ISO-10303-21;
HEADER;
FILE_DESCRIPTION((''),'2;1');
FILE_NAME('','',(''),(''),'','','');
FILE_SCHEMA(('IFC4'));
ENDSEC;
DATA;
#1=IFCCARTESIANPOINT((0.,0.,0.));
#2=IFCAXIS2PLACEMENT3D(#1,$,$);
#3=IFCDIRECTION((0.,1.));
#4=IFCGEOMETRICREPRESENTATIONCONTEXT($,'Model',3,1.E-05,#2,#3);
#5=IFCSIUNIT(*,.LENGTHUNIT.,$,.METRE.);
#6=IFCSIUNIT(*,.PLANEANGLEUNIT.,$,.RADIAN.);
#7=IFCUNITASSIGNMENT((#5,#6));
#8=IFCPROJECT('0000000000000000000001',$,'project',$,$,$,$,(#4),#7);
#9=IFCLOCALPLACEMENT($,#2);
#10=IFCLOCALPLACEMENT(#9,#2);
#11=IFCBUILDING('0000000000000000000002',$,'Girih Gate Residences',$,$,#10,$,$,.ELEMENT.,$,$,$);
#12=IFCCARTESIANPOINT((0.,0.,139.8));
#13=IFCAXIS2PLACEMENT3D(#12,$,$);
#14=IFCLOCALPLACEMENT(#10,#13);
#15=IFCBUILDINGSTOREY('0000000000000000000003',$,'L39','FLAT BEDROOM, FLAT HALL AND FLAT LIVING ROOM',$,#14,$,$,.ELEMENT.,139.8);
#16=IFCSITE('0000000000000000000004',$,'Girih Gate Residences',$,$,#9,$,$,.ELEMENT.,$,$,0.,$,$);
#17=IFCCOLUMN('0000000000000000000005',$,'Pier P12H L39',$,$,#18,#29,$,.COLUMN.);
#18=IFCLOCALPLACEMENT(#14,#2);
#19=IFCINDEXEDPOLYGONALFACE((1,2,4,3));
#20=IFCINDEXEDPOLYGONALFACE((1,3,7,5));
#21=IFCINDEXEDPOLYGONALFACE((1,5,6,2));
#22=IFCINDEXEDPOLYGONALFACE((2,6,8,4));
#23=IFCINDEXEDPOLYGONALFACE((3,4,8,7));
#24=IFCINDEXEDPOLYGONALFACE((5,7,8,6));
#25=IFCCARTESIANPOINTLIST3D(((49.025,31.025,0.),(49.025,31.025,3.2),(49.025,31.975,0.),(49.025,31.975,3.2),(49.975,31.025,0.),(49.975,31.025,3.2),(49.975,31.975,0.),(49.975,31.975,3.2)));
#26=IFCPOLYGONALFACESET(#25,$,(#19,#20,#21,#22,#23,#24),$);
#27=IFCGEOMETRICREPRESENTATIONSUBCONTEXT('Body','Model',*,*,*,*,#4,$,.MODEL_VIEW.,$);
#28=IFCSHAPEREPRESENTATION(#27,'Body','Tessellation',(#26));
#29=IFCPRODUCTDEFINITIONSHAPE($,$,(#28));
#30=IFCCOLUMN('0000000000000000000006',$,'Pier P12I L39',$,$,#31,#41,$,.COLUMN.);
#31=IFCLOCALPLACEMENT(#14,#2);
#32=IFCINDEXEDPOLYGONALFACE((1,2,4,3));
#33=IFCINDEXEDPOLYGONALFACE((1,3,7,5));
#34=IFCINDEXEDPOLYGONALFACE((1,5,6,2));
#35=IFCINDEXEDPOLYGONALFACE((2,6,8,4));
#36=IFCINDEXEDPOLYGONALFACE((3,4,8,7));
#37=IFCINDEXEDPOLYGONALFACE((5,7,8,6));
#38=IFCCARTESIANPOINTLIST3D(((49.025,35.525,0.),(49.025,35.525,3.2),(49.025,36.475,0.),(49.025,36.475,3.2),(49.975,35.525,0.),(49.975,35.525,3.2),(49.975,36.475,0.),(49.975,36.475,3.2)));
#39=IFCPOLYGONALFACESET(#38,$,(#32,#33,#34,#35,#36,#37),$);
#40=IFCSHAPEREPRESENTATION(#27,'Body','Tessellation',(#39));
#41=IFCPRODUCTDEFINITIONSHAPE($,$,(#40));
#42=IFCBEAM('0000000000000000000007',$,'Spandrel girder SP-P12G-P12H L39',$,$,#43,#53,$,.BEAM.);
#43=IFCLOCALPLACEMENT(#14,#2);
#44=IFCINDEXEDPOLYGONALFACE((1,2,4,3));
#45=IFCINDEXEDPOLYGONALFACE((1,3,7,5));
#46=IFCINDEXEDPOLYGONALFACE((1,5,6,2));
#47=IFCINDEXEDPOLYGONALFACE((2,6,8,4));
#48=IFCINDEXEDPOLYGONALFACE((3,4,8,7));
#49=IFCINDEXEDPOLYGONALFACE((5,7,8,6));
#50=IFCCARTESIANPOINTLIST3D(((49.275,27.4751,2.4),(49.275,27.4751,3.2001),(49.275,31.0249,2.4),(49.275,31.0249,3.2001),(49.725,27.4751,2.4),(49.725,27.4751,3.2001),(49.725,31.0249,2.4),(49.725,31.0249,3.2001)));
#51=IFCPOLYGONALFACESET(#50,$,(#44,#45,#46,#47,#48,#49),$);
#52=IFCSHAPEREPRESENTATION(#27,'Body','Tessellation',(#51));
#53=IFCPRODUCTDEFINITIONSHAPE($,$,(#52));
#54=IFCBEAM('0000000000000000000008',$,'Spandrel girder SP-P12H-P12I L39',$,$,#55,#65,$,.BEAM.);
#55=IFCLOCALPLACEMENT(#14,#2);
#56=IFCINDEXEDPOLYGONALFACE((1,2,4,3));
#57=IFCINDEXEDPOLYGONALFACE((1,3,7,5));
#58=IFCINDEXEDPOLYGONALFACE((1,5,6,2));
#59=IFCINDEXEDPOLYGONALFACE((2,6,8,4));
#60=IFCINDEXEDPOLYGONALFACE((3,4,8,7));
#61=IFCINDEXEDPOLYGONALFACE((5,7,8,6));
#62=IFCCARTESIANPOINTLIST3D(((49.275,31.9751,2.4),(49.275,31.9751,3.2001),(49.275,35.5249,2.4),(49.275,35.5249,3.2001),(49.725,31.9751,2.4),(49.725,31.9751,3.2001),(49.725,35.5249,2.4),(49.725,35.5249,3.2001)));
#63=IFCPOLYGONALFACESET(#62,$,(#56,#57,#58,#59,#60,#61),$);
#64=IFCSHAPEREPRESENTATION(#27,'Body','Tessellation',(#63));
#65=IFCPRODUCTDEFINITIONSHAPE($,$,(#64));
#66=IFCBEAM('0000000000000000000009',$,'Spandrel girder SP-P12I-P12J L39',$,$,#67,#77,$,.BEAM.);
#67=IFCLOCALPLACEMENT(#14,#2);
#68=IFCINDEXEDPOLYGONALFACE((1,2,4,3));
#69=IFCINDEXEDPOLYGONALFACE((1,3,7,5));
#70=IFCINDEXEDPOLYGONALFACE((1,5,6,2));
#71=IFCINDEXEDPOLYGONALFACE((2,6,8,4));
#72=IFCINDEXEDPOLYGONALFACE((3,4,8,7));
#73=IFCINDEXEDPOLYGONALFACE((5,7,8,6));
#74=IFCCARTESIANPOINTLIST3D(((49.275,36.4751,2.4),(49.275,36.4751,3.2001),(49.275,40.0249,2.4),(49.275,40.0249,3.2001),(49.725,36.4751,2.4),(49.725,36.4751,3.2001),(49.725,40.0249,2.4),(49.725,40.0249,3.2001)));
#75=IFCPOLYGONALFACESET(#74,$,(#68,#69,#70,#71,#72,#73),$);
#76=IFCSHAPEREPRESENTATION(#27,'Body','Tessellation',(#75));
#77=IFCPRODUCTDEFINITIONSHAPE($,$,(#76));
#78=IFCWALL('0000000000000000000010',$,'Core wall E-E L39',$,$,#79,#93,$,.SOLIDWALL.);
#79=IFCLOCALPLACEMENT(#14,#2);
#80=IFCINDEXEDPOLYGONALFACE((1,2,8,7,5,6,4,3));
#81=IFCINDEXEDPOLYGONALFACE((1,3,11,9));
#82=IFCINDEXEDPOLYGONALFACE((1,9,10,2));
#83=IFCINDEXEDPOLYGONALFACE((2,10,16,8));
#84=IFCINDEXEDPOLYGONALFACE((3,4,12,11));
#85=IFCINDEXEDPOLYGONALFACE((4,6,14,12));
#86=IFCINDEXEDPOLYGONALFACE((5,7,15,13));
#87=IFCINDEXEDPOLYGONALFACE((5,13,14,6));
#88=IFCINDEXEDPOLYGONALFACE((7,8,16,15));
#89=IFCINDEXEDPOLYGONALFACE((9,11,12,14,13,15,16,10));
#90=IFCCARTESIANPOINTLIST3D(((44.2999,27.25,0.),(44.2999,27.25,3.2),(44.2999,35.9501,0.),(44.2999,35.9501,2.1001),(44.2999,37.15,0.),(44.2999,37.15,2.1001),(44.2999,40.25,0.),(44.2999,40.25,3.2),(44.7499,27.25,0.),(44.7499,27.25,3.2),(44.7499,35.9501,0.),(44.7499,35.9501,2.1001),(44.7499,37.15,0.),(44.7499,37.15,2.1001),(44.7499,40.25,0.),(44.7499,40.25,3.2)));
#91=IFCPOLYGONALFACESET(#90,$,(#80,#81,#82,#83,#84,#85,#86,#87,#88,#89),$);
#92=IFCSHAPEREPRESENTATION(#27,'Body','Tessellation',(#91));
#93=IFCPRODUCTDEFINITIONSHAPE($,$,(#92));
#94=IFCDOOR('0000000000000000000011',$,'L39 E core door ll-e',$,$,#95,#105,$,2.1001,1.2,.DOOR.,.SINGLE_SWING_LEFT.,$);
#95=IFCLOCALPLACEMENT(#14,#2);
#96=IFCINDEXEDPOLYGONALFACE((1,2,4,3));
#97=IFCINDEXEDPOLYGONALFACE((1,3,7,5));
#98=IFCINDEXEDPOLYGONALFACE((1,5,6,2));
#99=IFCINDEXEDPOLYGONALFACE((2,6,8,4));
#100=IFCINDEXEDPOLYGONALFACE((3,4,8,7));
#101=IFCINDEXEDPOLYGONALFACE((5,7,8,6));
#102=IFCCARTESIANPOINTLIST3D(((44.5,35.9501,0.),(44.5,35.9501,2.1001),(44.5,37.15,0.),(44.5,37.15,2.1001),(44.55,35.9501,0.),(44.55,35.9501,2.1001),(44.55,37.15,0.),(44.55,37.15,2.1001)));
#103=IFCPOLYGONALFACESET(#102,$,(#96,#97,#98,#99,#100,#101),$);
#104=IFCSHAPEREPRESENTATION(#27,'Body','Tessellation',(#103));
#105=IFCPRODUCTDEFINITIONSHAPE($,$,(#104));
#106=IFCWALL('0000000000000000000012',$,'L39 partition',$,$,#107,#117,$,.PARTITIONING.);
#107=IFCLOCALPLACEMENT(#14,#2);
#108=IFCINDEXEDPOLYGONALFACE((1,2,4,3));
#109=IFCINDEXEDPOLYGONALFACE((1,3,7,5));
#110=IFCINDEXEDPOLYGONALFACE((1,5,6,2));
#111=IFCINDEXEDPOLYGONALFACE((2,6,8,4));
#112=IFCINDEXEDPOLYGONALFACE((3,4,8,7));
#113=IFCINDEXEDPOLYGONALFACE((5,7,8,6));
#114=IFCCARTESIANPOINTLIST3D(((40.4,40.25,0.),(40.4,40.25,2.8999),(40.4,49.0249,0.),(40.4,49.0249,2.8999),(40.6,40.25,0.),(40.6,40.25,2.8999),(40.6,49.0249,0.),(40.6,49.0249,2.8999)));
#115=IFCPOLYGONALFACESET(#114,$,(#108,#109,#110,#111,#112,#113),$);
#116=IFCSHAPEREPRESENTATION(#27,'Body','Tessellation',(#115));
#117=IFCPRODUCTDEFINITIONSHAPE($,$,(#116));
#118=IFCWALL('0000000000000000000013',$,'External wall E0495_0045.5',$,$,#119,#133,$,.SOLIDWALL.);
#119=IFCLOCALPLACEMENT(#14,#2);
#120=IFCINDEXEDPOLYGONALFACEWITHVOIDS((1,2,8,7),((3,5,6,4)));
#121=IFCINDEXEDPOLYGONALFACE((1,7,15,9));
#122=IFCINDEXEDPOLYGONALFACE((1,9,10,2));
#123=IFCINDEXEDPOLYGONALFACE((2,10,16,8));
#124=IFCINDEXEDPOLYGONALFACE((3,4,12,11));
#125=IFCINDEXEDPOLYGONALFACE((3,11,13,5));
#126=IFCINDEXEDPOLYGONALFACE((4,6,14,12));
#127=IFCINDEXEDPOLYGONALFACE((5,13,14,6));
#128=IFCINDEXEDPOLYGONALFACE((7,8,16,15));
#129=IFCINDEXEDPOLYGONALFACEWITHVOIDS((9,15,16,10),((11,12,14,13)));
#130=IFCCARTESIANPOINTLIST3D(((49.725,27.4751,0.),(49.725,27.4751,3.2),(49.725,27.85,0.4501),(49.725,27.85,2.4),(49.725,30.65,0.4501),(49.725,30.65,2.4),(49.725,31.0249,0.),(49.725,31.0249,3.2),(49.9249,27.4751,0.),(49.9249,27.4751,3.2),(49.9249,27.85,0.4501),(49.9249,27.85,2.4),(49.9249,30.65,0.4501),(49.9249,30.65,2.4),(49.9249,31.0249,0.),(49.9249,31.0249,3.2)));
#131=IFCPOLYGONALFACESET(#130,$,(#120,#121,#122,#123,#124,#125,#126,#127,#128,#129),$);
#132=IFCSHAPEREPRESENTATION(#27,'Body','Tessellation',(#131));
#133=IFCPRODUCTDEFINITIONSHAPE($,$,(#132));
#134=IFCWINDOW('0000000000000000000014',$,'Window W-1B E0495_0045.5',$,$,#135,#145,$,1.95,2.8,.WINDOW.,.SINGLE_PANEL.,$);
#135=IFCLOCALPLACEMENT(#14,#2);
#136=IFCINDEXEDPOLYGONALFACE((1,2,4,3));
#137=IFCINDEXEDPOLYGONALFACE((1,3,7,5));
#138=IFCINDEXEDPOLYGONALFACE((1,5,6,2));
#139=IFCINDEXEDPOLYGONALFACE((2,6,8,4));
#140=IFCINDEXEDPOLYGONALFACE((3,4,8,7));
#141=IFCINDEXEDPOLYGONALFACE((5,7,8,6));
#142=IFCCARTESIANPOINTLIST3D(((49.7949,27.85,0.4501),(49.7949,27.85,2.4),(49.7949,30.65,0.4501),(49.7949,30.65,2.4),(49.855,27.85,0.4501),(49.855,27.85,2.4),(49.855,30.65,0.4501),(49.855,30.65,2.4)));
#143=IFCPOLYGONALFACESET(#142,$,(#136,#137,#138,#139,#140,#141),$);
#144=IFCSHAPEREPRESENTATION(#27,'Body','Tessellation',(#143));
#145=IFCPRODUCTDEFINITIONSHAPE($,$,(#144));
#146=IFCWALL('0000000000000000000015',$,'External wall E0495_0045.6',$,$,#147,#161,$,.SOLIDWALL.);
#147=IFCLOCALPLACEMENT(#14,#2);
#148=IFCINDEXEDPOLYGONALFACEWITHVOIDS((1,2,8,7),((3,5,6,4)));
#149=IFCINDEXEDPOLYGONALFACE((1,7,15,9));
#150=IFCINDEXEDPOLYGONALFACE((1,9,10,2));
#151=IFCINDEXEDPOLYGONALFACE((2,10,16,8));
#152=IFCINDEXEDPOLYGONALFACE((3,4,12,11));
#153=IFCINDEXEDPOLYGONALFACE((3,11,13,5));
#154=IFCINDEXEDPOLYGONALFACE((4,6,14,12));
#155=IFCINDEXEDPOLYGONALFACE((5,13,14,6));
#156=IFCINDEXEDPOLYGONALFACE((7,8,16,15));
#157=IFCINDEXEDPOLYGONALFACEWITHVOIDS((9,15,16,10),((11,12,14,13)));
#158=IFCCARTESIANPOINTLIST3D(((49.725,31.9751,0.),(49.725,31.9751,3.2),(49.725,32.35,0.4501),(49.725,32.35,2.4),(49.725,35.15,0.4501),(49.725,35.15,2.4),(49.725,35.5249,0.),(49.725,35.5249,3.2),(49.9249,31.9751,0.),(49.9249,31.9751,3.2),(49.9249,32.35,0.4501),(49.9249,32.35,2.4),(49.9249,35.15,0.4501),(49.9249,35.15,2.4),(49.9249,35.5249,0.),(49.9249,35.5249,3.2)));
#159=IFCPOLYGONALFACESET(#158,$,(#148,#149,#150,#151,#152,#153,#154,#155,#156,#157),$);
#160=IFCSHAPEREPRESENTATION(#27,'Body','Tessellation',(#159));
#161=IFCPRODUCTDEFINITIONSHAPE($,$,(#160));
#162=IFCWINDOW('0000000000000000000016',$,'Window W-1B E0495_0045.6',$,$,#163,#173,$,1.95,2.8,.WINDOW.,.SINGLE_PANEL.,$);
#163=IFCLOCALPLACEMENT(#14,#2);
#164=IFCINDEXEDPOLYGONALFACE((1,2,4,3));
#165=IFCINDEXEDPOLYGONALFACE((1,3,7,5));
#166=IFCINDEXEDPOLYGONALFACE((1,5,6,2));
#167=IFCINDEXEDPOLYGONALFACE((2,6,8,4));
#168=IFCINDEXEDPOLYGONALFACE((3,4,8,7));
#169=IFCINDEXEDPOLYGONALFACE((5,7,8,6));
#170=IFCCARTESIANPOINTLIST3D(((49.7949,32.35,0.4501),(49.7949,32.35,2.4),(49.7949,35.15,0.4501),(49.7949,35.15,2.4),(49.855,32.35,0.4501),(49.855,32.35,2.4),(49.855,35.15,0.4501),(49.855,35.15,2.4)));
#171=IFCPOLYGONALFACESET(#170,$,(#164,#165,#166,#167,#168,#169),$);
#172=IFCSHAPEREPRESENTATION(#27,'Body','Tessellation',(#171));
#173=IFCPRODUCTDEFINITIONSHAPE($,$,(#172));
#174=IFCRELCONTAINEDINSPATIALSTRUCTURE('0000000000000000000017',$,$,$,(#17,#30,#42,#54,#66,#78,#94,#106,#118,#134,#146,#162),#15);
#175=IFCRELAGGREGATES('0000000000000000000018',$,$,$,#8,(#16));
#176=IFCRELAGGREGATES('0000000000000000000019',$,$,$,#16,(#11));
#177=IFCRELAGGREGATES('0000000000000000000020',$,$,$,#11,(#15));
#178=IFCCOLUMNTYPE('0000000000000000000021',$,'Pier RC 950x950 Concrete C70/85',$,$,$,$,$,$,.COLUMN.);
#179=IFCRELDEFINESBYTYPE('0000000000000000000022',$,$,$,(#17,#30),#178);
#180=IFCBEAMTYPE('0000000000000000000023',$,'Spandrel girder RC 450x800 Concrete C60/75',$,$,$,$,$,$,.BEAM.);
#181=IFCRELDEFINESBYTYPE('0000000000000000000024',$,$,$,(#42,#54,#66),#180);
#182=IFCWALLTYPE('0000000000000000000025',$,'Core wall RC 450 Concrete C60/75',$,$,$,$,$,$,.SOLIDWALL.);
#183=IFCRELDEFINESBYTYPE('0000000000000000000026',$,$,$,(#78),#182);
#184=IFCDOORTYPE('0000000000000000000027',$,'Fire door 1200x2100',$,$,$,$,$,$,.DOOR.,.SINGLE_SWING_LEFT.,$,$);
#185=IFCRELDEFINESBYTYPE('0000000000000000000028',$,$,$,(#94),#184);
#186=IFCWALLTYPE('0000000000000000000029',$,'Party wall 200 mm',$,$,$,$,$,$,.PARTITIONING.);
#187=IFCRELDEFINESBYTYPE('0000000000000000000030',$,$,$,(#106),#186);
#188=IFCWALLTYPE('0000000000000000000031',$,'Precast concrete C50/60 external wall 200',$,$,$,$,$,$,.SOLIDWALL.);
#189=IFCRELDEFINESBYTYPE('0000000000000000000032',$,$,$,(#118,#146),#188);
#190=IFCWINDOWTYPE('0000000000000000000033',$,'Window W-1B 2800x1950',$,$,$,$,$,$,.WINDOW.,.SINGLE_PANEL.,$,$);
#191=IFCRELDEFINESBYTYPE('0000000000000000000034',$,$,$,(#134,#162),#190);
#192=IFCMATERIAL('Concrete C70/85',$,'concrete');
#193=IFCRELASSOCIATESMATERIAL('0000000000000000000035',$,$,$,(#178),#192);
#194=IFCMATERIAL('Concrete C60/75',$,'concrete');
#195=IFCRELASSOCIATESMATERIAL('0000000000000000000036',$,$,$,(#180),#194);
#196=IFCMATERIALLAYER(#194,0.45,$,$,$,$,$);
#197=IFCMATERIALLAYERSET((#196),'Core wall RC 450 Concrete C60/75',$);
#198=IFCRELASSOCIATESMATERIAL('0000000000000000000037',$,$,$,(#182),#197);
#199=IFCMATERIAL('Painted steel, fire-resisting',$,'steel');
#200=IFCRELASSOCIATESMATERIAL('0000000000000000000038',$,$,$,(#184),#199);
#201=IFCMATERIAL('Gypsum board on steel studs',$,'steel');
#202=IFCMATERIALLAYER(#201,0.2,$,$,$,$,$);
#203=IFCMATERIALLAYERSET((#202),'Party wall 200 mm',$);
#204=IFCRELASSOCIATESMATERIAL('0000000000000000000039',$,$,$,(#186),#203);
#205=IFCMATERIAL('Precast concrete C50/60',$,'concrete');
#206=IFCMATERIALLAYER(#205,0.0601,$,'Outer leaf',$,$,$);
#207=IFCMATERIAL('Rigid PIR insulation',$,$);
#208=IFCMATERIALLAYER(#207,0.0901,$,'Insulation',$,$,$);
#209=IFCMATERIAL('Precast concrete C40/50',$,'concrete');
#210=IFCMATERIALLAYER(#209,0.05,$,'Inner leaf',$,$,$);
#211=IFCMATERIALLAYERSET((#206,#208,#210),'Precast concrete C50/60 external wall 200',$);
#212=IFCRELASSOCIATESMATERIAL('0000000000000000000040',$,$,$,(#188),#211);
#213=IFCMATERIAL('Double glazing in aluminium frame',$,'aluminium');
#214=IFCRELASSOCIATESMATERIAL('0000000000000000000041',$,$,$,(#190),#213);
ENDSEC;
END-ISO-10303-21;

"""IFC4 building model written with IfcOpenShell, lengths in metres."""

from ifc_helpers import new_model, si_unit, direction, frame, frame_2d, origin, origin_2d, place, context, subcontext, project, spatial, rectangle, extrude, material, layer, layer_set, material_profile, profile_set, type_object, element, fill, save


model = new_model("IFC4")

# Units and contexts
model_context = context("Model", 3, precision=1e-05, world=origin(), true_north=direction((0.0, 1.0)))
body_context = subcontext(model_context, "Body", "Model", "MODEL_VIEW")
ifc_project = project(units=[si_unit("LENGTHUNIT", "METRE"), si_unit("PLANEANGLEUNIT", "RADIAN")], contexts=[model_context])

# Site, building, storey
site_placement = place(None, origin())
site = spatial("IfcSite", under=ifc_project, at=site_placement, Name="Girih Gate Residences", CompositionType="ELEMENT", RefElevation=0.0)
building_placement = place(site_placement, origin())
building = spatial("IfcBuilding", under=site, at=building_placement, Name="Girih Gate Residences", CompositionType="ELEMENT")
storey_placement = place(building_placement, frame((0.0, 0.0, 139.8)))
storey = spatial("IfcBuildingStorey", under=building, at=storey_placement, Name="L39", Description="FLAT BEDROOM, FLAT HALL AND FLAT LIVING ROOM", CompositionType="ELEMENT", Elevation=139.8)

# Columns
ifc_material_1 = material(Name="Concrete C70/85", Category="concrete")
ifc_material_profile_1 = material_profile(ifc_material_1, rectangle(XDim=0.95, YDim=0.95, at=origin_2d()))
ifc_profile_set_1 = profile_set([ifc_material_profile_1], Name="Concrete C70/85")
column_type = type_object("IfcColumnType", Name="Pier RC 950x950 Concrete C70/85", PredefinedType="COLUMN", material=ifc_profile_set_1)
for number, where, z_axis, x_axis, name in (
    (1, (49.5, 31.5, 0.0), (0.0, 0.0, 1.0), (1.0, 0.0, 0.0), "Pier P12H L39"),
    (2, (49.5, 36.0, 0.0), (0.0, 0.0, 1.0), (1.0, 0.0, 0.0), "Pier P12I L39"),
):
    element("IfcColumn", number, at=place(storey_placement, frame(where, z_axis=z_axis, x_axis=x_axis)), inside=storey, type_object=column_type, Name=name, PredefinedType="COLUMN", context=body_context, shape_type="SweptSolid", body=[
        extrude(rectangle(XDim=0.95, YDim=0.95, at=origin_2d()), origin(), (0.0, 0.0, 1.0), 3.2),
    ])

# Beams
ifc_material_2 = material(Name="Concrete C60/75", Category="concrete")
ifc_material_profile_2 = material_profile(ifc_material_2, rectangle(XDim=0.45, YDim=0.8, at=origin_2d()))
ifc_profile_set_2 = profile_set([ifc_material_profile_2], Name="Concrete C60/75")
beam_type = type_object("IfcBeamType", Name="Spandrel girder RC 450x800 Concrete C60/75", PredefinedType="BEAM", material=ifc_profile_set_2)
for number, where, z_axis, x_axis, name in (
    (3, (49.5, 27.4751, 2.8), (0.0, 1.0, 0.0), (-1.0, 0.0, 0.0), "Spandrel girder SP-P12G-P12H L39"),
    (4, (49.5, 31.9751, 2.8), (0.0, 1.0, 0.0), (-1.0, 0.0, 0.0), "Spandrel girder SP-P12H-P12I L39"),
    (5, (49.5, 36.4751, 2.8), (0.0, 1.0, 0.0), (-1.0, 0.0, 0.0), "Spandrel girder SP-P12I-P12J L39"),
):
    element("IfcBeam", number, at=place(storey_placement, frame(where, z_axis=z_axis, x_axis=x_axis)), inside=storey, type_object=beam_type, Name=name, PredefinedType="BEAM", context=body_context, shape_type="SweptSolid", body=[
        extrude(rectangle(XDim=0.45, YDim=0.8, at=origin_2d()), origin(), (0.0, 0.0, 1.0), 3.5498),
    ])

# Wall, opening, door
ifc_layer_1 = layer(ifc_material_2, 0.45)
ifc_layer_set_1 = layer_set([ifc_layer_1], Name="Core wall RC 450 Concrete C60/75")
wall_type_1 = type_object("IfcWallType", Name="Core wall RC 450 Concrete C60/75", PredefinedType="SOLIDWALL", material=ifc_layer_set_1)
wall_1_placement = place(storey_placement, frame((44.5249, 27.25, 0.0), z_axis=(0.0, 0.0, 1.0), x_axis=(0.0, 1.0, 0.0)))
wall_1 = element("IfcWall", 6, at=wall_1_placement, inside=storey, type_object=wall_type_1, Name="Core wall E-E L39", PredefinedType="SOLIDWALL", context=body_context, shape_type="SweptSolid", body=[
    extrude(rectangle(XDim=13.0, YDim=0.45, at=frame_2d((6.5, 0.0))), origin(), (0.0, 0.0, 1.0), 3.2),
])
opening_1_placement = place(wall_1_placement, frame((8.7, 0.0, 0.0)))
opening_1 = element("IfcOpeningElement", 7, at=opening_1_placement, cuts=wall_1, PredefinedType="OPENING", context=body_context, shape_type="SweptSolid", body=[
    extrude(rectangle(XDim=1.2, YDim=2.1001, at=frame_2d((0.6001, 1.05))), frame((0.0, 0.2349, 0.0), z_axis=(0.0, -1.0, 0.0), x_axis=(1.0, 0.0, 0.0)), (0.0, 0.0, 1.0), 0.47),
])
ifc_material_3 = material(Name="Painted steel, fire-resisting", Category="steel")
door_type_1 = type_object("IfcDoorType", Name="Fire door 1200x2100", OperationType="SINGLE_SWING_LEFT", PredefinedType="DOOR", material=ifc_material_3)
door_1_placement = place(opening_1_placement, origin())
door_1 = element("IfcDoor", 8, at=door_1_placement, inside=storey, type_object=door_type_1, Name="L39 E core door ll-e", OperationType="SINGLE_SWING_LEFT", OverallHeight=2.1001, OverallWidth=1.2, PredefinedType="DOOR", context=body_context, shape_type="SweptSolid", body=[
    extrude(rectangle(XDim=1.2, YDim=2.1001, at=frame_2d((0.6001, 1.05))), frame((0.0, 0.0249, 0.0), z_axis=(0.0, -1.0, 0.0), x_axis=(1.0, 0.0, 0.0)), (0.0, 0.0, 1.0), 0.05),
])
fill(opening_1, door_1)

# Wall
ifc_material_4 = material(Name="Gypsum board on steel studs", Category="steel")
ifc_layer_2 = layer(ifc_material_4, 0.2)
ifc_layer_set_2 = layer_set([ifc_layer_2], Name="Party wall 200 mm")
wall_type_2 = type_object("IfcWallType", Name="Party wall 200 mm", PredefinedType="PARTITIONING", material=ifc_layer_set_2)
wall_2_placement = place(storey_placement, frame((40.5, 40.25, 0.0), z_axis=(0.0, 0.0, 1.0), x_axis=(0.0, 1.0, 0.0)))
element("IfcWall", 9, at=wall_2_placement, inside=storey, type_object=wall_type_2, Name="L39 partition", PredefinedType="PARTITIONING", context=body_context, shape_type="SweptSolid", body=[
    extrude(rectangle(XDim=8.7749, YDim=0.2, at=frame_2d((4.3875, 0.0))), origin(), (0.0, 0.0, 1.0), 2.8999),
])

# Walls, openings, windows
ifc_material_5 = material(Name="Precast concrete C50/60", Category="concrete")
ifc_layer_3 = layer(ifc_material_5, 0.0601, Name="Outer leaf")
ifc_material_6 = material(Name="Rigid PIR insulation")
ifc_layer_4 = layer(ifc_material_6, 0.0901, Name="Insulation")
ifc_material_7 = material(Name="Precast concrete C40/50", Category="concrete")
ifc_layer_5 = layer(ifc_material_7, 0.05, Name="Inner leaf")
ifc_layer_set_3 = layer_set([ifc_layer_3, ifc_layer_4, ifc_layer_5], Name="Precast concrete C50/60 external wall 200")
wall_type_3 = type_object("IfcWallType", Name="Precast concrete C50/60 external wall 200", PredefinedType="SOLIDWALL", material=ifc_layer_set_3)
wall_3_placement = place(storey_placement, frame((49.825, 31.0249, 0.0), z_axis=(0.0, 0.0, 1.0), x_axis=(0.0, -1.0, 0.0)))
wall_3 = element("IfcWall", 10, at=wall_3_placement, inside=storey, type_object=wall_type_3, Name="External wall E0495_0045.5", PredefinedType="SOLIDWALL", context=body_context, shape_type="SweptSolid", body=[
    extrude(rectangle(XDim=3.5498, YDim=0.2, at=frame_2d((1.7749, 0.0))), origin(), (0.0, 0.0, 1.0), 3.2),
])
opening_2_placement = place(wall_3_placement, frame((0.375, 0.0, 0.45)))
opening_2 = element("IfcOpeningElement", 11, at=opening_2_placement, cuts=wall_3, PredefinedType="OPENING", context=body_context, shape_type="SweptSolid", body=[
    extrude(rectangle(XDim=2.8, YDim=1.95, at=frame_2d((1.3999, 0.9751))), frame((0.0, 0.1099, 0.0), z_axis=(0.0, -1.0, 0.0), x_axis=(1.0, 0.0, 0.0)), (0.0, 0.0, 1.0), 0.22),
])
ifc_material_8 = material(Name="Double glazing in aluminium frame", Category="aluminium")
window_type = type_object("IfcWindowType", Name="Window W-1B 2800x1950", PartitioningType="SINGLE_PANEL", PredefinedType="WINDOW", material=ifc_material_8)
window_1_placement = place(opening_2_placement, origin())
window_1 = element("IfcWindow", 12, at=window_1_placement, inside=storey, type_object=window_type, Name="Window W-1B E0495_0045.5", OverallHeight=1.95, OverallWidth=2.8, PartitioningType="SINGLE_PANEL", PredefinedType="WINDOW", context=body_context, shape_type="SweptSolid", body=[
    extrude(rectangle(XDim=2.8, YDim=1.95, at=frame_2d((1.3999, 0.9751))), frame((0.0, 0.03, 0.0), z_axis=(0.0, -1.0, 0.0), x_axis=(1.0, 0.0, 0.0)), (0.0, 0.0, 1.0), 0.0601),
])
fill(opening_2, window_1)
wall_4_placement = place(storey_placement, frame((49.825, 35.5249, 0.0), z_axis=(0.0, 0.0, 1.0), x_axis=(0.0, -1.0, 0.0)))
wall_4 = element("IfcWall", 13, at=wall_4_placement, inside=storey, type_object=wall_type_3, Name="External wall E0495_0045.6", PredefinedType="SOLIDWALL", context=body_context, shape_type="SweptSolid", body=[
    extrude(rectangle(XDim=3.5498, YDim=0.2, at=frame_2d((1.7749, 0.0))), origin(), (0.0, 0.0, 1.0), 3.2),
])
opening_3_placement = place(wall_4_placement, frame((0.375, 0.0, 0.45)))
opening_3 = element("IfcOpeningElement", 14, at=opening_3_placement, cuts=wall_4, PredefinedType="OPENING", context=body_context, shape_type="SweptSolid", body=[
    extrude(rectangle(XDim=2.8, YDim=1.95, at=frame_2d((1.3999, 0.9751))), frame((0.0, 0.1099, 0.0), z_axis=(0.0, -1.0, 0.0), x_axis=(1.0, 0.0, 0.0)), (0.0, 0.0, 1.0), 0.22),
])
window_2_placement = place(opening_3_placement, origin())
window_2 = element("IfcWindow", 15, at=window_2_placement, inside=storey, type_object=window_type, Name="Window W-1B E0495_0045.6", OverallHeight=1.95, OverallWidth=2.8, PartitioningType="SINGLE_PANEL", PredefinedType="WINDOW", context=body_context, shape_type="SweptSolid", body=[
    extrude(rectangle(XDim=2.8, YDim=1.95, at=frame_2d((1.3999, 0.9751))), frame((0.0, 0.03, 0.0), z_axis=(0.0, -1.0, 0.0), x_axis=(1.0, 0.0, 0.0)), (0.0, 0.0, 1.0), 0.0601),
])
fill(opening_3, window_2)

save(model, "model.ifc")
